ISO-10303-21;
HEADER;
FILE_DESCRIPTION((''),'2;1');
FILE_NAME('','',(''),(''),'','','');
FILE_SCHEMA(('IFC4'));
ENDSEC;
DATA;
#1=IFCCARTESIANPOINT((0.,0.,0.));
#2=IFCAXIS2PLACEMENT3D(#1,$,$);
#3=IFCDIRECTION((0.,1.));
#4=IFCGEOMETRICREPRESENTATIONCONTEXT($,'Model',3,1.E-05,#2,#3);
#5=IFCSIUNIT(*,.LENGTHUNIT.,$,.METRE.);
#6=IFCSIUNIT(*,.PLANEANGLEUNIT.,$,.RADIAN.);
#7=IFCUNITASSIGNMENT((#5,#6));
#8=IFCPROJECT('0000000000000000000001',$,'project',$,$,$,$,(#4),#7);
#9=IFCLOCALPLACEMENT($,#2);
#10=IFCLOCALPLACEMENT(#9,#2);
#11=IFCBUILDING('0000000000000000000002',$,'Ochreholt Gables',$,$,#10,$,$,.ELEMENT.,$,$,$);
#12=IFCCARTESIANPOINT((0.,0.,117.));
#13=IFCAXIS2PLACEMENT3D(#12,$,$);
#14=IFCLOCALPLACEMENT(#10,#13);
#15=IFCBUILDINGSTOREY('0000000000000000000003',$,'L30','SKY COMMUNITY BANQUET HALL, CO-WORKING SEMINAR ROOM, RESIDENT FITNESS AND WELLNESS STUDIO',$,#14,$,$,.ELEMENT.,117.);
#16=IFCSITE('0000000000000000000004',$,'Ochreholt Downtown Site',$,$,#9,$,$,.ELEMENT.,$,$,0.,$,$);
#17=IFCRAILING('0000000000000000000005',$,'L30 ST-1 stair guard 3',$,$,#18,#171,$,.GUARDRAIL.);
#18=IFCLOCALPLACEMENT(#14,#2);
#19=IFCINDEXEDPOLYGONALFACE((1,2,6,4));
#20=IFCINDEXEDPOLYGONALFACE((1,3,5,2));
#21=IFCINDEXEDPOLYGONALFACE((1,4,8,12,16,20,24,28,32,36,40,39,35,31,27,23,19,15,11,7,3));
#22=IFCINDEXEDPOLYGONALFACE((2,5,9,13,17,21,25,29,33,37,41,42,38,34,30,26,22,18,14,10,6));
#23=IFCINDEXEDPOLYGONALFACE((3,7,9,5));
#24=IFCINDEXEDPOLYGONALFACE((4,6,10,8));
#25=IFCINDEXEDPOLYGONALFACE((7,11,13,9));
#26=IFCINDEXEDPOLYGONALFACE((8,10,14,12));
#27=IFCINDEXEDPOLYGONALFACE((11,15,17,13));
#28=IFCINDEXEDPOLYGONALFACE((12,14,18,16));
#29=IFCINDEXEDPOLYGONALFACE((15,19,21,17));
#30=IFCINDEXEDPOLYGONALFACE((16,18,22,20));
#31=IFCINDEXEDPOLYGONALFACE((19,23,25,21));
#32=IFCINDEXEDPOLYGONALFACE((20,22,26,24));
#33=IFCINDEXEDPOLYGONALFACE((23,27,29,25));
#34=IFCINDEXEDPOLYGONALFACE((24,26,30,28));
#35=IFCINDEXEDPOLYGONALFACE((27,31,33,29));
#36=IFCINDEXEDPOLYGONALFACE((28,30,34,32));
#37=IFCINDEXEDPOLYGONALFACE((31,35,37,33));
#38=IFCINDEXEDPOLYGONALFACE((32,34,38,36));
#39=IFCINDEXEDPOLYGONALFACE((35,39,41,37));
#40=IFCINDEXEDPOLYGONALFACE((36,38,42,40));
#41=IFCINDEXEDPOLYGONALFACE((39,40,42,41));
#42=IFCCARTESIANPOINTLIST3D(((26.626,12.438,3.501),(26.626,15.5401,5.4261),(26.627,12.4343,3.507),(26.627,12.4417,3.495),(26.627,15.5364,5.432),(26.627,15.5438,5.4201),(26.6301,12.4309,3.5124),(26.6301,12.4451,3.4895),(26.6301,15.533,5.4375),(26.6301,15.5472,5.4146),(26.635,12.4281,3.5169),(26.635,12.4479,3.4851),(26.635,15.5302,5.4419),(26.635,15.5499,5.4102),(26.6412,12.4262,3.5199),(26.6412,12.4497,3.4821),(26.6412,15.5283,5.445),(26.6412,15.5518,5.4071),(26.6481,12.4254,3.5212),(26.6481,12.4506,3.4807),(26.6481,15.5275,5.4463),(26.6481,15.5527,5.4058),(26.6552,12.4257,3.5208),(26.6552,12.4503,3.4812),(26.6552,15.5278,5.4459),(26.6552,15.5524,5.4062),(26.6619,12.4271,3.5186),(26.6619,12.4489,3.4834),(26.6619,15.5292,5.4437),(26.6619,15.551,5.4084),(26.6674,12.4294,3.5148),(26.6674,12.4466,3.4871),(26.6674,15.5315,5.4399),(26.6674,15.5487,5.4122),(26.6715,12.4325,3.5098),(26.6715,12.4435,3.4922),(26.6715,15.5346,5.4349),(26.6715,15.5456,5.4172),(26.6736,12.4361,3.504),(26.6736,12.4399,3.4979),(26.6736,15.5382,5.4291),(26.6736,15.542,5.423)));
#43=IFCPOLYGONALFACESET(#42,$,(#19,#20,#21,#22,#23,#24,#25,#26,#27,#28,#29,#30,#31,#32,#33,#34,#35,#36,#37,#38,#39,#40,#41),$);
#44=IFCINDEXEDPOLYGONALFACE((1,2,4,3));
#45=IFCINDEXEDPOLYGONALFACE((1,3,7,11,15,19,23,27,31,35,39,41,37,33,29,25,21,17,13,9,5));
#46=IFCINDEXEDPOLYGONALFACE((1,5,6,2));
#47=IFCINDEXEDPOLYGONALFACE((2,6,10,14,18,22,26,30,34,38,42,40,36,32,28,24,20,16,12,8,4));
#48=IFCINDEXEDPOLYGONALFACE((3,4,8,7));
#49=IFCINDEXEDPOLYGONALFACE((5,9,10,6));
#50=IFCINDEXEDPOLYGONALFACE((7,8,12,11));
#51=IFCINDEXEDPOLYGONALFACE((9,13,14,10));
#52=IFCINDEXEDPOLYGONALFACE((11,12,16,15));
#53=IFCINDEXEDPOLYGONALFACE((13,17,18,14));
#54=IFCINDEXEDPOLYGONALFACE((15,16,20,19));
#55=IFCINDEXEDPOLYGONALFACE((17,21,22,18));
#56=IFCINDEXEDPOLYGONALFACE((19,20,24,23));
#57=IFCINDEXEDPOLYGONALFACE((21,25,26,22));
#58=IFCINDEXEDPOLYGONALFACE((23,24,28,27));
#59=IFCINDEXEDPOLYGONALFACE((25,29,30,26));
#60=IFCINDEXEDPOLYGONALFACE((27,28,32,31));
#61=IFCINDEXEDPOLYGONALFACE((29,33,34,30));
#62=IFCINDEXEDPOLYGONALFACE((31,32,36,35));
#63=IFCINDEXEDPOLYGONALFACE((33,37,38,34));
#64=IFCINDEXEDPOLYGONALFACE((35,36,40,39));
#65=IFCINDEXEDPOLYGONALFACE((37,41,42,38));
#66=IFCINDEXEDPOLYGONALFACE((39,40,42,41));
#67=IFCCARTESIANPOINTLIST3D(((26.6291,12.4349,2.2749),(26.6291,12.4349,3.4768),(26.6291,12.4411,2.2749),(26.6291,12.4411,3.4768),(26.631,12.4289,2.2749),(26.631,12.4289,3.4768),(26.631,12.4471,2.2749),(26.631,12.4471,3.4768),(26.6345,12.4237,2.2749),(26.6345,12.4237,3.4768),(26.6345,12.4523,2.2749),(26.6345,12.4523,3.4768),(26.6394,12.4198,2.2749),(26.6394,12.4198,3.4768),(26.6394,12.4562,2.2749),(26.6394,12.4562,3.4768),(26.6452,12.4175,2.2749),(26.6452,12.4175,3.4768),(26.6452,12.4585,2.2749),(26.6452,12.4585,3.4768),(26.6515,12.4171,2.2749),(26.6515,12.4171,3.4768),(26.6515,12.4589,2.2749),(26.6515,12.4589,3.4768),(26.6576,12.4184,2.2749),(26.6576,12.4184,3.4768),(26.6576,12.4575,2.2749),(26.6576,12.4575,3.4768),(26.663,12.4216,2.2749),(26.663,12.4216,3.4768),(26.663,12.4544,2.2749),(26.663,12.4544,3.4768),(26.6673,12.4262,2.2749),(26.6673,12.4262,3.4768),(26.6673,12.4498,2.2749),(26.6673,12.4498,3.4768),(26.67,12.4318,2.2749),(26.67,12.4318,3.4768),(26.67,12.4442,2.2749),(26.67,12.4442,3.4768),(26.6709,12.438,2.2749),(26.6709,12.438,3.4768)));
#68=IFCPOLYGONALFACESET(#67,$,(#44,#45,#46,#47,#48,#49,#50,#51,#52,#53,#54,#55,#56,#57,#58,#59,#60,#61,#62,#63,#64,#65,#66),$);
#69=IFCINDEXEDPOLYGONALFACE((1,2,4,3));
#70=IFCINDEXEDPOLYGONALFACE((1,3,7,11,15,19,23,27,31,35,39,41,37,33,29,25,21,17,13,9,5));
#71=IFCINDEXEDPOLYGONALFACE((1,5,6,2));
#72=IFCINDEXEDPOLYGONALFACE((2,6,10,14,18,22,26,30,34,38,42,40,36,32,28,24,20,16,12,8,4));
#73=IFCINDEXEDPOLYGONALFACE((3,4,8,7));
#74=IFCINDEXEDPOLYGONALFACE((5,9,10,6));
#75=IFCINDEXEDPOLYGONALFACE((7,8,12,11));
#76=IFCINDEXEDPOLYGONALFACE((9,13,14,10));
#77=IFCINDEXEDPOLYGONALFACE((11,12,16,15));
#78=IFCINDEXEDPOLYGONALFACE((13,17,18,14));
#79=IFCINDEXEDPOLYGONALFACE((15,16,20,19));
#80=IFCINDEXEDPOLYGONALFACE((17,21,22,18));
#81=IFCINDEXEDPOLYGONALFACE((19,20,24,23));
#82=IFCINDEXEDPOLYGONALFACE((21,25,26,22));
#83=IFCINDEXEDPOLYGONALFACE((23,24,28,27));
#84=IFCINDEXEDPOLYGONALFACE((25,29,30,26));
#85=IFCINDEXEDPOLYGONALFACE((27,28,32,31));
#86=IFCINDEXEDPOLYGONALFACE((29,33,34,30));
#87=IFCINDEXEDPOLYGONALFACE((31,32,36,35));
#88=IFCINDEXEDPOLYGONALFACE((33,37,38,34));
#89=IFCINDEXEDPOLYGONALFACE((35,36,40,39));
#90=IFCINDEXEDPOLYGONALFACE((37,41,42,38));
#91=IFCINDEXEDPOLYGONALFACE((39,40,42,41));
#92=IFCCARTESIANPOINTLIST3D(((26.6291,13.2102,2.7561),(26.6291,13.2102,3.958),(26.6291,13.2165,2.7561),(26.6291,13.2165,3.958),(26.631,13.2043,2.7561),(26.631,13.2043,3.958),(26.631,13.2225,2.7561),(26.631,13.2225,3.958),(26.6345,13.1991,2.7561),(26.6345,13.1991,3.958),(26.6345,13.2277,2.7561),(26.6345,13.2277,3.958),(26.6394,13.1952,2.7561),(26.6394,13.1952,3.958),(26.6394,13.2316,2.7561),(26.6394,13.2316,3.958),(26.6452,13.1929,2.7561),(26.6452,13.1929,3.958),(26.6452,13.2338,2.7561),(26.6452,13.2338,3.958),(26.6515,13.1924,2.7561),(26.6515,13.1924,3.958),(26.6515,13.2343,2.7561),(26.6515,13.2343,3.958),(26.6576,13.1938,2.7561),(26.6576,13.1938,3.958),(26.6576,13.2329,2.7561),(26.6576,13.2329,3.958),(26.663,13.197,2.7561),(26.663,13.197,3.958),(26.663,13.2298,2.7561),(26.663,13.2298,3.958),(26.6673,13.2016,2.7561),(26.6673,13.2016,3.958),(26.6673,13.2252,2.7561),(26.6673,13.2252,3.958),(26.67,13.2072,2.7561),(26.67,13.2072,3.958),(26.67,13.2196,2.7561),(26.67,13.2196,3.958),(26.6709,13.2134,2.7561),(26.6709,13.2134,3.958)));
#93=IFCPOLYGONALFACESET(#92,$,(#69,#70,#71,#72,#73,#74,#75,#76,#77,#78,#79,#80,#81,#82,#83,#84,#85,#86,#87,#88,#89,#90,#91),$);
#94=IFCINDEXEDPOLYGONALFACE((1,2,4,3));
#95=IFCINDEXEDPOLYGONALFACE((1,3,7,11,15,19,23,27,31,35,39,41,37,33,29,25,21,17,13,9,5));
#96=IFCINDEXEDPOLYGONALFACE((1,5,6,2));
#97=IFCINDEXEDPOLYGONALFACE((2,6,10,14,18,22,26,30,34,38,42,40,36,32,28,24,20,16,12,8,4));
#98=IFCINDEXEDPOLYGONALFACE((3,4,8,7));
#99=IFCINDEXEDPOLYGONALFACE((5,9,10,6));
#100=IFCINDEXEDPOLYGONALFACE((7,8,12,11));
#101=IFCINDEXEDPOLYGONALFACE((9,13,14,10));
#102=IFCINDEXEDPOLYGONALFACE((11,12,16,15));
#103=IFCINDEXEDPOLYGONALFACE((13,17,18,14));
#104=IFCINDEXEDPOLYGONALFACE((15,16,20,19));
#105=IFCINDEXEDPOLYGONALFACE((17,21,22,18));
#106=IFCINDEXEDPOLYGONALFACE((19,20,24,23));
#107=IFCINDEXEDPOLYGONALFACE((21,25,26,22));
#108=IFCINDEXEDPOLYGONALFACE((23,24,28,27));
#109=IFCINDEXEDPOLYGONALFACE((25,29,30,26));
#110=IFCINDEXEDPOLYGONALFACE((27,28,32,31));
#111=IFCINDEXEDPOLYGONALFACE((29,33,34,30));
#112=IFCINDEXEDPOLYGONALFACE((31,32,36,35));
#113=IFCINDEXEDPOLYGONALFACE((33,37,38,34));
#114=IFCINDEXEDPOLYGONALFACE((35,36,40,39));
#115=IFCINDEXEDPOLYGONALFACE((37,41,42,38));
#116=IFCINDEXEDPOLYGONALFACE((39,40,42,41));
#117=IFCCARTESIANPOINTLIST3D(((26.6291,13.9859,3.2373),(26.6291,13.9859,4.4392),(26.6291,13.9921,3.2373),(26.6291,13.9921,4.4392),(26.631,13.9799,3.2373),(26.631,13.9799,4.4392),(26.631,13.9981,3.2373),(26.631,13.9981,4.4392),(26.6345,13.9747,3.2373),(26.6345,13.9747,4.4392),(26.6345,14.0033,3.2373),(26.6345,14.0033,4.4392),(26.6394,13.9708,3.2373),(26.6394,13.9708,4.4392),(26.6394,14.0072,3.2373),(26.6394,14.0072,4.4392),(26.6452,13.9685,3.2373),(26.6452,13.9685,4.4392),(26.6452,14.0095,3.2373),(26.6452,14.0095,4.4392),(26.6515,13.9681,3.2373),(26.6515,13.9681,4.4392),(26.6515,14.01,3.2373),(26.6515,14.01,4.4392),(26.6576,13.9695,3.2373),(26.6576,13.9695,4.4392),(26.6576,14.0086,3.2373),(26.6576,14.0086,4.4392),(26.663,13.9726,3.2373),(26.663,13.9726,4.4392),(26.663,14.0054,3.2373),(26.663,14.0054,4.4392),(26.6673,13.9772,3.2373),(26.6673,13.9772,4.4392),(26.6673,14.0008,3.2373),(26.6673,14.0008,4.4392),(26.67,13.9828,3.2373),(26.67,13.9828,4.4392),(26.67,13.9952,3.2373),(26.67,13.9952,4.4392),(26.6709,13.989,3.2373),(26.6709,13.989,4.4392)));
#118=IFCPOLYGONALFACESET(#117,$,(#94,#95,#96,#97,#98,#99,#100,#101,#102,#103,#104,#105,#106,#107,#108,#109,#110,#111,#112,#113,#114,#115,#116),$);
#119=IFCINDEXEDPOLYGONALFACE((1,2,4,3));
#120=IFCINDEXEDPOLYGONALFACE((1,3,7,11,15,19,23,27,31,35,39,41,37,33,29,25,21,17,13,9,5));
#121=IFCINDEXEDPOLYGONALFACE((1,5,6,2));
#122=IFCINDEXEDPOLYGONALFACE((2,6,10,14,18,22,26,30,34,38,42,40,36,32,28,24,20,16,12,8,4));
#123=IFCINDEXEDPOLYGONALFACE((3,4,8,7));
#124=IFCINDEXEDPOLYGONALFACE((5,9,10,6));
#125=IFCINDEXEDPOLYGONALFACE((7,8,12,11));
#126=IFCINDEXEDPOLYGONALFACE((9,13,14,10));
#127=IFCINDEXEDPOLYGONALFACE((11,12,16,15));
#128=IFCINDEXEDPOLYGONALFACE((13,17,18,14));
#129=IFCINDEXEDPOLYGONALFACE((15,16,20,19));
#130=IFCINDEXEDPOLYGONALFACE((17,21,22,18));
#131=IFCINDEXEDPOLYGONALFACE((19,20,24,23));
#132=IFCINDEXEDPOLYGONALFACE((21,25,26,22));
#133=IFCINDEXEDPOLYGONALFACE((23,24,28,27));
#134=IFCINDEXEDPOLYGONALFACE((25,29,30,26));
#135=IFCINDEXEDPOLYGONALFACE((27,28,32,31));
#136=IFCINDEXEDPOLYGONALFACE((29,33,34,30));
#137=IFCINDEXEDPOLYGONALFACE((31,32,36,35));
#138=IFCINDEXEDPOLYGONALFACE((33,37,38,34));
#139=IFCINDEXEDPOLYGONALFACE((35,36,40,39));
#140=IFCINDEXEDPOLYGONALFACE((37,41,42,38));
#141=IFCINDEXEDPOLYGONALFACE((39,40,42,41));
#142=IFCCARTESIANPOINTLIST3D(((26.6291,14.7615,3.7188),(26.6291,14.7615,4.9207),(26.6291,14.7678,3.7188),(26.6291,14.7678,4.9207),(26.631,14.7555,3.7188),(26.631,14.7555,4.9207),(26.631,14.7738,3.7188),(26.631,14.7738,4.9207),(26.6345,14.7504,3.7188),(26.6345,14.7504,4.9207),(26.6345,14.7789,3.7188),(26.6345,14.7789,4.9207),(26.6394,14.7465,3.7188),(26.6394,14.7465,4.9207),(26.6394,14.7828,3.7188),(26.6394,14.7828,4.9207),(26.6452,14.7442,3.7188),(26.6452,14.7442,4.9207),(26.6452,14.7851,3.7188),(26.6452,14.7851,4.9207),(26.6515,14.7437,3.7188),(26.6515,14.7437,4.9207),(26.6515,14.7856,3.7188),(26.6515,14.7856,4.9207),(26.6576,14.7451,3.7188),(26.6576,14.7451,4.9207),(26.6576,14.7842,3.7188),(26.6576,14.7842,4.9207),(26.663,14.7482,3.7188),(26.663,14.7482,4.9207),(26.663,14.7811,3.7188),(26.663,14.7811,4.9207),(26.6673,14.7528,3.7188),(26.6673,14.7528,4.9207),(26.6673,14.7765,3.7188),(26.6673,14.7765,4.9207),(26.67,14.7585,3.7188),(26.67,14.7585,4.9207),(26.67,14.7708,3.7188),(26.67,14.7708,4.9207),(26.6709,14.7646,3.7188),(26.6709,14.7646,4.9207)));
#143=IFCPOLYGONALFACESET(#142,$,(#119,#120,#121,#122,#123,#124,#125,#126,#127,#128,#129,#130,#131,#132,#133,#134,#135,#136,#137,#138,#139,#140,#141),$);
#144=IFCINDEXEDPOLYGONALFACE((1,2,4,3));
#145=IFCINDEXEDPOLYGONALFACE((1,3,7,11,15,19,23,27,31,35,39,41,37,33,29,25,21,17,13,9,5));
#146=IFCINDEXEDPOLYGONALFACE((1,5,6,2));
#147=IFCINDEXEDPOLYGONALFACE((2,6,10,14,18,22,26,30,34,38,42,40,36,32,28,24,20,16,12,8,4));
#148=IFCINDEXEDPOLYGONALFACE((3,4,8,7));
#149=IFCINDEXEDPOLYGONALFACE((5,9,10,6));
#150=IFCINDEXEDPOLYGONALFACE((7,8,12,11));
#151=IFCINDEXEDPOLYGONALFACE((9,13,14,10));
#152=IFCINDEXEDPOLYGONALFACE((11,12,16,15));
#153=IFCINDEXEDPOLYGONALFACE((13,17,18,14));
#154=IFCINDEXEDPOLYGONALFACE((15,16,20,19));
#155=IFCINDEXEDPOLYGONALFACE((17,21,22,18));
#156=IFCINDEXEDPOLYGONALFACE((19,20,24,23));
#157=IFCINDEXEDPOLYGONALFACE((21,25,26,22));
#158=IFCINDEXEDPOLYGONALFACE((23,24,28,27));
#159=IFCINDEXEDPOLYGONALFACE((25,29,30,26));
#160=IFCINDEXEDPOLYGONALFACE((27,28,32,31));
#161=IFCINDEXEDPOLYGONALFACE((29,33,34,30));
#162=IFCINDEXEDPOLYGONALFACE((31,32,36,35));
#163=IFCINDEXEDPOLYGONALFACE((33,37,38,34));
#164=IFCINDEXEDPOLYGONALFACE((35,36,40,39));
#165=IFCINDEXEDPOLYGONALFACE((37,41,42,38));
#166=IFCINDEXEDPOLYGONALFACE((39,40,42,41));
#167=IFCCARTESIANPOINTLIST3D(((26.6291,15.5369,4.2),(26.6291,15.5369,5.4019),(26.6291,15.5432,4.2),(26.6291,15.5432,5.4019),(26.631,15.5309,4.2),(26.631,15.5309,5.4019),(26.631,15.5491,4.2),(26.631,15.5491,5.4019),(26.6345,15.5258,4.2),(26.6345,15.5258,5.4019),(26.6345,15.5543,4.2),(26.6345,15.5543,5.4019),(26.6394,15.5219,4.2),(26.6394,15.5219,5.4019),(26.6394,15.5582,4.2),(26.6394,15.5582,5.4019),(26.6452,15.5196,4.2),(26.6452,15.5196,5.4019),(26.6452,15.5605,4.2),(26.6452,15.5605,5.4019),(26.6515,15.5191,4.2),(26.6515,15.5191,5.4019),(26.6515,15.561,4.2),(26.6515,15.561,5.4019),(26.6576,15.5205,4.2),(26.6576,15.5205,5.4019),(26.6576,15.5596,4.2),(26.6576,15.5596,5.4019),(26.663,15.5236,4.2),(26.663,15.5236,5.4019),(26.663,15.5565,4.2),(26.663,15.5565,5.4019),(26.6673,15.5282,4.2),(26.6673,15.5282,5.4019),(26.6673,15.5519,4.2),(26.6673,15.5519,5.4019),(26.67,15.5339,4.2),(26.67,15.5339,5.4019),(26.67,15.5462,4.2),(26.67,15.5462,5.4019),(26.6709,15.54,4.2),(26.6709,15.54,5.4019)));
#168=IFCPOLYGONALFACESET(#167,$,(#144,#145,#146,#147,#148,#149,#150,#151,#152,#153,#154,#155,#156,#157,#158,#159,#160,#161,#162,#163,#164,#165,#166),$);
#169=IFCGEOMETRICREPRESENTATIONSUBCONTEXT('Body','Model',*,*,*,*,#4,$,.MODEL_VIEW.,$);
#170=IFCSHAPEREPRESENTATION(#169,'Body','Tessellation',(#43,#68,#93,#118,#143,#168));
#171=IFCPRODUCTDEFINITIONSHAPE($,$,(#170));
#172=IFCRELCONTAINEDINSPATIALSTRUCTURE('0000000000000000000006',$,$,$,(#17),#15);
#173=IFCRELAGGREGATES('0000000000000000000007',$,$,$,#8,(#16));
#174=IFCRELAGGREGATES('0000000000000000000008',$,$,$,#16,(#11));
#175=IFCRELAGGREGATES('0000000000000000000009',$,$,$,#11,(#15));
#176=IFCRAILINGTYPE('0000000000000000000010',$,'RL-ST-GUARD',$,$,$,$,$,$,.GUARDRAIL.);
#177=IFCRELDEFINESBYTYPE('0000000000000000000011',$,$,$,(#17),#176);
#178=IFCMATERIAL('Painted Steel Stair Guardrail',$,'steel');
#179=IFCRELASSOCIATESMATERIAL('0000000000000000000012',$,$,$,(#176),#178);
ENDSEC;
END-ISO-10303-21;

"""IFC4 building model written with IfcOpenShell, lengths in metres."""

from ifc_helpers import new_model, si_unit, direction, frame, origin, origin_2d, place, context, subcontext, project, spatial, circle, extrude, material, type_object, element, save


model = new_model("IFC4")

# Units and contexts
model_context = context("Model", 3, precision=1e-05, world=origin(), true_north=direction((0.0, 1.0)))
body_context = subcontext(model_context, "Body", "Model", "MODEL_VIEW")
ifc_project = project(units=[si_unit("LENGTHUNIT", "METRE"), si_unit("PLANEANGLEUNIT", "RADIAN")], contexts=[model_context])

# Site, building, storey
site_placement = place(None, origin())
site = spatial("IfcSite", under=ifc_project, at=site_placement, Name="Ochreholt Downtown Site", CompositionType="ELEMENT", RefElevation=0.0)
building_placement = place(site_placement, origin())
building = spatial("IfcBuilding", under=site, at=building_placement, Name="Ochreholt Gables", CompositionType="ELEMENT")
storey_placement = place(building_placement, frame((0.0, 0.0, 117.0)))
storey = spatial("IfcBuildingStorey", under=building, at=storey_placement, Name="L30", Description="SKY COMMUNITY BANQUET HALL, CO-WORKING SEMINAR ROOM, RESIDENT FITNESS AND WELLNESS STUDIO", CompositionType="ELEMENT", Elevation=117.0)

# Railing
ifc_material_1 = material(Name="Painted Steel Stair Guardrail", Category="steel")
railing_type_1 = type_object("IfcRailingType", Name="RL-ST-GUARD", PredefinedType="GUARDRAIL", material=ifc_material_1)
railing_1_placement = place(storey_placement, frame((26.6499, 12.438, 2.2749)))
element("IfcRailing", 1, at=railing_1_placement, inside=storey, type_object=railing_type_1, Name="L30 ST-1 stair guard 3", PredefinedType="GUARDRAIL", context=body_context, shape_type="SweptSolid", body=[
    extrude(circle(Radius=0.0239, at=origin_2d()), frame((0.0, 0.0, 1.2261), z_axis=(0.0, 0.849685, 0.527291), x_axis=(-1.0, 0.0, 0.0)), (0.0, 0.0, 1.0), 3.6509),
    extrude(circle(Radius=0.021, at=origin_2d()), origin(), (0.0, 0.0, 1.0), 1.2019),
    extrude(circle(Radius=0.021, at=origin_2d()), frame((0.0, 0.7754, 0.4812)), (0.0, 0.0, 1.0), 1.2019),
    extrude(circle(Radius=0.021, at=origin_2d()), frame((0.0, 1.551, 0.9624)), (0.0, 0.0, 1.0), 1.2019),
    extrude(circle(Radius=0.021, at=origin_2d()), frame((0.0, 2.3267, 1.4438)), (0.0, 0.0, 1.0), 1.2019),
    extrude(circle(Radius=0.021, at=origin_2d()), frame((0.0, 3.1021, 1.925)), (0.0, 0.0, 1.0), 1.2019),
])

save(model, "model.ifc")
